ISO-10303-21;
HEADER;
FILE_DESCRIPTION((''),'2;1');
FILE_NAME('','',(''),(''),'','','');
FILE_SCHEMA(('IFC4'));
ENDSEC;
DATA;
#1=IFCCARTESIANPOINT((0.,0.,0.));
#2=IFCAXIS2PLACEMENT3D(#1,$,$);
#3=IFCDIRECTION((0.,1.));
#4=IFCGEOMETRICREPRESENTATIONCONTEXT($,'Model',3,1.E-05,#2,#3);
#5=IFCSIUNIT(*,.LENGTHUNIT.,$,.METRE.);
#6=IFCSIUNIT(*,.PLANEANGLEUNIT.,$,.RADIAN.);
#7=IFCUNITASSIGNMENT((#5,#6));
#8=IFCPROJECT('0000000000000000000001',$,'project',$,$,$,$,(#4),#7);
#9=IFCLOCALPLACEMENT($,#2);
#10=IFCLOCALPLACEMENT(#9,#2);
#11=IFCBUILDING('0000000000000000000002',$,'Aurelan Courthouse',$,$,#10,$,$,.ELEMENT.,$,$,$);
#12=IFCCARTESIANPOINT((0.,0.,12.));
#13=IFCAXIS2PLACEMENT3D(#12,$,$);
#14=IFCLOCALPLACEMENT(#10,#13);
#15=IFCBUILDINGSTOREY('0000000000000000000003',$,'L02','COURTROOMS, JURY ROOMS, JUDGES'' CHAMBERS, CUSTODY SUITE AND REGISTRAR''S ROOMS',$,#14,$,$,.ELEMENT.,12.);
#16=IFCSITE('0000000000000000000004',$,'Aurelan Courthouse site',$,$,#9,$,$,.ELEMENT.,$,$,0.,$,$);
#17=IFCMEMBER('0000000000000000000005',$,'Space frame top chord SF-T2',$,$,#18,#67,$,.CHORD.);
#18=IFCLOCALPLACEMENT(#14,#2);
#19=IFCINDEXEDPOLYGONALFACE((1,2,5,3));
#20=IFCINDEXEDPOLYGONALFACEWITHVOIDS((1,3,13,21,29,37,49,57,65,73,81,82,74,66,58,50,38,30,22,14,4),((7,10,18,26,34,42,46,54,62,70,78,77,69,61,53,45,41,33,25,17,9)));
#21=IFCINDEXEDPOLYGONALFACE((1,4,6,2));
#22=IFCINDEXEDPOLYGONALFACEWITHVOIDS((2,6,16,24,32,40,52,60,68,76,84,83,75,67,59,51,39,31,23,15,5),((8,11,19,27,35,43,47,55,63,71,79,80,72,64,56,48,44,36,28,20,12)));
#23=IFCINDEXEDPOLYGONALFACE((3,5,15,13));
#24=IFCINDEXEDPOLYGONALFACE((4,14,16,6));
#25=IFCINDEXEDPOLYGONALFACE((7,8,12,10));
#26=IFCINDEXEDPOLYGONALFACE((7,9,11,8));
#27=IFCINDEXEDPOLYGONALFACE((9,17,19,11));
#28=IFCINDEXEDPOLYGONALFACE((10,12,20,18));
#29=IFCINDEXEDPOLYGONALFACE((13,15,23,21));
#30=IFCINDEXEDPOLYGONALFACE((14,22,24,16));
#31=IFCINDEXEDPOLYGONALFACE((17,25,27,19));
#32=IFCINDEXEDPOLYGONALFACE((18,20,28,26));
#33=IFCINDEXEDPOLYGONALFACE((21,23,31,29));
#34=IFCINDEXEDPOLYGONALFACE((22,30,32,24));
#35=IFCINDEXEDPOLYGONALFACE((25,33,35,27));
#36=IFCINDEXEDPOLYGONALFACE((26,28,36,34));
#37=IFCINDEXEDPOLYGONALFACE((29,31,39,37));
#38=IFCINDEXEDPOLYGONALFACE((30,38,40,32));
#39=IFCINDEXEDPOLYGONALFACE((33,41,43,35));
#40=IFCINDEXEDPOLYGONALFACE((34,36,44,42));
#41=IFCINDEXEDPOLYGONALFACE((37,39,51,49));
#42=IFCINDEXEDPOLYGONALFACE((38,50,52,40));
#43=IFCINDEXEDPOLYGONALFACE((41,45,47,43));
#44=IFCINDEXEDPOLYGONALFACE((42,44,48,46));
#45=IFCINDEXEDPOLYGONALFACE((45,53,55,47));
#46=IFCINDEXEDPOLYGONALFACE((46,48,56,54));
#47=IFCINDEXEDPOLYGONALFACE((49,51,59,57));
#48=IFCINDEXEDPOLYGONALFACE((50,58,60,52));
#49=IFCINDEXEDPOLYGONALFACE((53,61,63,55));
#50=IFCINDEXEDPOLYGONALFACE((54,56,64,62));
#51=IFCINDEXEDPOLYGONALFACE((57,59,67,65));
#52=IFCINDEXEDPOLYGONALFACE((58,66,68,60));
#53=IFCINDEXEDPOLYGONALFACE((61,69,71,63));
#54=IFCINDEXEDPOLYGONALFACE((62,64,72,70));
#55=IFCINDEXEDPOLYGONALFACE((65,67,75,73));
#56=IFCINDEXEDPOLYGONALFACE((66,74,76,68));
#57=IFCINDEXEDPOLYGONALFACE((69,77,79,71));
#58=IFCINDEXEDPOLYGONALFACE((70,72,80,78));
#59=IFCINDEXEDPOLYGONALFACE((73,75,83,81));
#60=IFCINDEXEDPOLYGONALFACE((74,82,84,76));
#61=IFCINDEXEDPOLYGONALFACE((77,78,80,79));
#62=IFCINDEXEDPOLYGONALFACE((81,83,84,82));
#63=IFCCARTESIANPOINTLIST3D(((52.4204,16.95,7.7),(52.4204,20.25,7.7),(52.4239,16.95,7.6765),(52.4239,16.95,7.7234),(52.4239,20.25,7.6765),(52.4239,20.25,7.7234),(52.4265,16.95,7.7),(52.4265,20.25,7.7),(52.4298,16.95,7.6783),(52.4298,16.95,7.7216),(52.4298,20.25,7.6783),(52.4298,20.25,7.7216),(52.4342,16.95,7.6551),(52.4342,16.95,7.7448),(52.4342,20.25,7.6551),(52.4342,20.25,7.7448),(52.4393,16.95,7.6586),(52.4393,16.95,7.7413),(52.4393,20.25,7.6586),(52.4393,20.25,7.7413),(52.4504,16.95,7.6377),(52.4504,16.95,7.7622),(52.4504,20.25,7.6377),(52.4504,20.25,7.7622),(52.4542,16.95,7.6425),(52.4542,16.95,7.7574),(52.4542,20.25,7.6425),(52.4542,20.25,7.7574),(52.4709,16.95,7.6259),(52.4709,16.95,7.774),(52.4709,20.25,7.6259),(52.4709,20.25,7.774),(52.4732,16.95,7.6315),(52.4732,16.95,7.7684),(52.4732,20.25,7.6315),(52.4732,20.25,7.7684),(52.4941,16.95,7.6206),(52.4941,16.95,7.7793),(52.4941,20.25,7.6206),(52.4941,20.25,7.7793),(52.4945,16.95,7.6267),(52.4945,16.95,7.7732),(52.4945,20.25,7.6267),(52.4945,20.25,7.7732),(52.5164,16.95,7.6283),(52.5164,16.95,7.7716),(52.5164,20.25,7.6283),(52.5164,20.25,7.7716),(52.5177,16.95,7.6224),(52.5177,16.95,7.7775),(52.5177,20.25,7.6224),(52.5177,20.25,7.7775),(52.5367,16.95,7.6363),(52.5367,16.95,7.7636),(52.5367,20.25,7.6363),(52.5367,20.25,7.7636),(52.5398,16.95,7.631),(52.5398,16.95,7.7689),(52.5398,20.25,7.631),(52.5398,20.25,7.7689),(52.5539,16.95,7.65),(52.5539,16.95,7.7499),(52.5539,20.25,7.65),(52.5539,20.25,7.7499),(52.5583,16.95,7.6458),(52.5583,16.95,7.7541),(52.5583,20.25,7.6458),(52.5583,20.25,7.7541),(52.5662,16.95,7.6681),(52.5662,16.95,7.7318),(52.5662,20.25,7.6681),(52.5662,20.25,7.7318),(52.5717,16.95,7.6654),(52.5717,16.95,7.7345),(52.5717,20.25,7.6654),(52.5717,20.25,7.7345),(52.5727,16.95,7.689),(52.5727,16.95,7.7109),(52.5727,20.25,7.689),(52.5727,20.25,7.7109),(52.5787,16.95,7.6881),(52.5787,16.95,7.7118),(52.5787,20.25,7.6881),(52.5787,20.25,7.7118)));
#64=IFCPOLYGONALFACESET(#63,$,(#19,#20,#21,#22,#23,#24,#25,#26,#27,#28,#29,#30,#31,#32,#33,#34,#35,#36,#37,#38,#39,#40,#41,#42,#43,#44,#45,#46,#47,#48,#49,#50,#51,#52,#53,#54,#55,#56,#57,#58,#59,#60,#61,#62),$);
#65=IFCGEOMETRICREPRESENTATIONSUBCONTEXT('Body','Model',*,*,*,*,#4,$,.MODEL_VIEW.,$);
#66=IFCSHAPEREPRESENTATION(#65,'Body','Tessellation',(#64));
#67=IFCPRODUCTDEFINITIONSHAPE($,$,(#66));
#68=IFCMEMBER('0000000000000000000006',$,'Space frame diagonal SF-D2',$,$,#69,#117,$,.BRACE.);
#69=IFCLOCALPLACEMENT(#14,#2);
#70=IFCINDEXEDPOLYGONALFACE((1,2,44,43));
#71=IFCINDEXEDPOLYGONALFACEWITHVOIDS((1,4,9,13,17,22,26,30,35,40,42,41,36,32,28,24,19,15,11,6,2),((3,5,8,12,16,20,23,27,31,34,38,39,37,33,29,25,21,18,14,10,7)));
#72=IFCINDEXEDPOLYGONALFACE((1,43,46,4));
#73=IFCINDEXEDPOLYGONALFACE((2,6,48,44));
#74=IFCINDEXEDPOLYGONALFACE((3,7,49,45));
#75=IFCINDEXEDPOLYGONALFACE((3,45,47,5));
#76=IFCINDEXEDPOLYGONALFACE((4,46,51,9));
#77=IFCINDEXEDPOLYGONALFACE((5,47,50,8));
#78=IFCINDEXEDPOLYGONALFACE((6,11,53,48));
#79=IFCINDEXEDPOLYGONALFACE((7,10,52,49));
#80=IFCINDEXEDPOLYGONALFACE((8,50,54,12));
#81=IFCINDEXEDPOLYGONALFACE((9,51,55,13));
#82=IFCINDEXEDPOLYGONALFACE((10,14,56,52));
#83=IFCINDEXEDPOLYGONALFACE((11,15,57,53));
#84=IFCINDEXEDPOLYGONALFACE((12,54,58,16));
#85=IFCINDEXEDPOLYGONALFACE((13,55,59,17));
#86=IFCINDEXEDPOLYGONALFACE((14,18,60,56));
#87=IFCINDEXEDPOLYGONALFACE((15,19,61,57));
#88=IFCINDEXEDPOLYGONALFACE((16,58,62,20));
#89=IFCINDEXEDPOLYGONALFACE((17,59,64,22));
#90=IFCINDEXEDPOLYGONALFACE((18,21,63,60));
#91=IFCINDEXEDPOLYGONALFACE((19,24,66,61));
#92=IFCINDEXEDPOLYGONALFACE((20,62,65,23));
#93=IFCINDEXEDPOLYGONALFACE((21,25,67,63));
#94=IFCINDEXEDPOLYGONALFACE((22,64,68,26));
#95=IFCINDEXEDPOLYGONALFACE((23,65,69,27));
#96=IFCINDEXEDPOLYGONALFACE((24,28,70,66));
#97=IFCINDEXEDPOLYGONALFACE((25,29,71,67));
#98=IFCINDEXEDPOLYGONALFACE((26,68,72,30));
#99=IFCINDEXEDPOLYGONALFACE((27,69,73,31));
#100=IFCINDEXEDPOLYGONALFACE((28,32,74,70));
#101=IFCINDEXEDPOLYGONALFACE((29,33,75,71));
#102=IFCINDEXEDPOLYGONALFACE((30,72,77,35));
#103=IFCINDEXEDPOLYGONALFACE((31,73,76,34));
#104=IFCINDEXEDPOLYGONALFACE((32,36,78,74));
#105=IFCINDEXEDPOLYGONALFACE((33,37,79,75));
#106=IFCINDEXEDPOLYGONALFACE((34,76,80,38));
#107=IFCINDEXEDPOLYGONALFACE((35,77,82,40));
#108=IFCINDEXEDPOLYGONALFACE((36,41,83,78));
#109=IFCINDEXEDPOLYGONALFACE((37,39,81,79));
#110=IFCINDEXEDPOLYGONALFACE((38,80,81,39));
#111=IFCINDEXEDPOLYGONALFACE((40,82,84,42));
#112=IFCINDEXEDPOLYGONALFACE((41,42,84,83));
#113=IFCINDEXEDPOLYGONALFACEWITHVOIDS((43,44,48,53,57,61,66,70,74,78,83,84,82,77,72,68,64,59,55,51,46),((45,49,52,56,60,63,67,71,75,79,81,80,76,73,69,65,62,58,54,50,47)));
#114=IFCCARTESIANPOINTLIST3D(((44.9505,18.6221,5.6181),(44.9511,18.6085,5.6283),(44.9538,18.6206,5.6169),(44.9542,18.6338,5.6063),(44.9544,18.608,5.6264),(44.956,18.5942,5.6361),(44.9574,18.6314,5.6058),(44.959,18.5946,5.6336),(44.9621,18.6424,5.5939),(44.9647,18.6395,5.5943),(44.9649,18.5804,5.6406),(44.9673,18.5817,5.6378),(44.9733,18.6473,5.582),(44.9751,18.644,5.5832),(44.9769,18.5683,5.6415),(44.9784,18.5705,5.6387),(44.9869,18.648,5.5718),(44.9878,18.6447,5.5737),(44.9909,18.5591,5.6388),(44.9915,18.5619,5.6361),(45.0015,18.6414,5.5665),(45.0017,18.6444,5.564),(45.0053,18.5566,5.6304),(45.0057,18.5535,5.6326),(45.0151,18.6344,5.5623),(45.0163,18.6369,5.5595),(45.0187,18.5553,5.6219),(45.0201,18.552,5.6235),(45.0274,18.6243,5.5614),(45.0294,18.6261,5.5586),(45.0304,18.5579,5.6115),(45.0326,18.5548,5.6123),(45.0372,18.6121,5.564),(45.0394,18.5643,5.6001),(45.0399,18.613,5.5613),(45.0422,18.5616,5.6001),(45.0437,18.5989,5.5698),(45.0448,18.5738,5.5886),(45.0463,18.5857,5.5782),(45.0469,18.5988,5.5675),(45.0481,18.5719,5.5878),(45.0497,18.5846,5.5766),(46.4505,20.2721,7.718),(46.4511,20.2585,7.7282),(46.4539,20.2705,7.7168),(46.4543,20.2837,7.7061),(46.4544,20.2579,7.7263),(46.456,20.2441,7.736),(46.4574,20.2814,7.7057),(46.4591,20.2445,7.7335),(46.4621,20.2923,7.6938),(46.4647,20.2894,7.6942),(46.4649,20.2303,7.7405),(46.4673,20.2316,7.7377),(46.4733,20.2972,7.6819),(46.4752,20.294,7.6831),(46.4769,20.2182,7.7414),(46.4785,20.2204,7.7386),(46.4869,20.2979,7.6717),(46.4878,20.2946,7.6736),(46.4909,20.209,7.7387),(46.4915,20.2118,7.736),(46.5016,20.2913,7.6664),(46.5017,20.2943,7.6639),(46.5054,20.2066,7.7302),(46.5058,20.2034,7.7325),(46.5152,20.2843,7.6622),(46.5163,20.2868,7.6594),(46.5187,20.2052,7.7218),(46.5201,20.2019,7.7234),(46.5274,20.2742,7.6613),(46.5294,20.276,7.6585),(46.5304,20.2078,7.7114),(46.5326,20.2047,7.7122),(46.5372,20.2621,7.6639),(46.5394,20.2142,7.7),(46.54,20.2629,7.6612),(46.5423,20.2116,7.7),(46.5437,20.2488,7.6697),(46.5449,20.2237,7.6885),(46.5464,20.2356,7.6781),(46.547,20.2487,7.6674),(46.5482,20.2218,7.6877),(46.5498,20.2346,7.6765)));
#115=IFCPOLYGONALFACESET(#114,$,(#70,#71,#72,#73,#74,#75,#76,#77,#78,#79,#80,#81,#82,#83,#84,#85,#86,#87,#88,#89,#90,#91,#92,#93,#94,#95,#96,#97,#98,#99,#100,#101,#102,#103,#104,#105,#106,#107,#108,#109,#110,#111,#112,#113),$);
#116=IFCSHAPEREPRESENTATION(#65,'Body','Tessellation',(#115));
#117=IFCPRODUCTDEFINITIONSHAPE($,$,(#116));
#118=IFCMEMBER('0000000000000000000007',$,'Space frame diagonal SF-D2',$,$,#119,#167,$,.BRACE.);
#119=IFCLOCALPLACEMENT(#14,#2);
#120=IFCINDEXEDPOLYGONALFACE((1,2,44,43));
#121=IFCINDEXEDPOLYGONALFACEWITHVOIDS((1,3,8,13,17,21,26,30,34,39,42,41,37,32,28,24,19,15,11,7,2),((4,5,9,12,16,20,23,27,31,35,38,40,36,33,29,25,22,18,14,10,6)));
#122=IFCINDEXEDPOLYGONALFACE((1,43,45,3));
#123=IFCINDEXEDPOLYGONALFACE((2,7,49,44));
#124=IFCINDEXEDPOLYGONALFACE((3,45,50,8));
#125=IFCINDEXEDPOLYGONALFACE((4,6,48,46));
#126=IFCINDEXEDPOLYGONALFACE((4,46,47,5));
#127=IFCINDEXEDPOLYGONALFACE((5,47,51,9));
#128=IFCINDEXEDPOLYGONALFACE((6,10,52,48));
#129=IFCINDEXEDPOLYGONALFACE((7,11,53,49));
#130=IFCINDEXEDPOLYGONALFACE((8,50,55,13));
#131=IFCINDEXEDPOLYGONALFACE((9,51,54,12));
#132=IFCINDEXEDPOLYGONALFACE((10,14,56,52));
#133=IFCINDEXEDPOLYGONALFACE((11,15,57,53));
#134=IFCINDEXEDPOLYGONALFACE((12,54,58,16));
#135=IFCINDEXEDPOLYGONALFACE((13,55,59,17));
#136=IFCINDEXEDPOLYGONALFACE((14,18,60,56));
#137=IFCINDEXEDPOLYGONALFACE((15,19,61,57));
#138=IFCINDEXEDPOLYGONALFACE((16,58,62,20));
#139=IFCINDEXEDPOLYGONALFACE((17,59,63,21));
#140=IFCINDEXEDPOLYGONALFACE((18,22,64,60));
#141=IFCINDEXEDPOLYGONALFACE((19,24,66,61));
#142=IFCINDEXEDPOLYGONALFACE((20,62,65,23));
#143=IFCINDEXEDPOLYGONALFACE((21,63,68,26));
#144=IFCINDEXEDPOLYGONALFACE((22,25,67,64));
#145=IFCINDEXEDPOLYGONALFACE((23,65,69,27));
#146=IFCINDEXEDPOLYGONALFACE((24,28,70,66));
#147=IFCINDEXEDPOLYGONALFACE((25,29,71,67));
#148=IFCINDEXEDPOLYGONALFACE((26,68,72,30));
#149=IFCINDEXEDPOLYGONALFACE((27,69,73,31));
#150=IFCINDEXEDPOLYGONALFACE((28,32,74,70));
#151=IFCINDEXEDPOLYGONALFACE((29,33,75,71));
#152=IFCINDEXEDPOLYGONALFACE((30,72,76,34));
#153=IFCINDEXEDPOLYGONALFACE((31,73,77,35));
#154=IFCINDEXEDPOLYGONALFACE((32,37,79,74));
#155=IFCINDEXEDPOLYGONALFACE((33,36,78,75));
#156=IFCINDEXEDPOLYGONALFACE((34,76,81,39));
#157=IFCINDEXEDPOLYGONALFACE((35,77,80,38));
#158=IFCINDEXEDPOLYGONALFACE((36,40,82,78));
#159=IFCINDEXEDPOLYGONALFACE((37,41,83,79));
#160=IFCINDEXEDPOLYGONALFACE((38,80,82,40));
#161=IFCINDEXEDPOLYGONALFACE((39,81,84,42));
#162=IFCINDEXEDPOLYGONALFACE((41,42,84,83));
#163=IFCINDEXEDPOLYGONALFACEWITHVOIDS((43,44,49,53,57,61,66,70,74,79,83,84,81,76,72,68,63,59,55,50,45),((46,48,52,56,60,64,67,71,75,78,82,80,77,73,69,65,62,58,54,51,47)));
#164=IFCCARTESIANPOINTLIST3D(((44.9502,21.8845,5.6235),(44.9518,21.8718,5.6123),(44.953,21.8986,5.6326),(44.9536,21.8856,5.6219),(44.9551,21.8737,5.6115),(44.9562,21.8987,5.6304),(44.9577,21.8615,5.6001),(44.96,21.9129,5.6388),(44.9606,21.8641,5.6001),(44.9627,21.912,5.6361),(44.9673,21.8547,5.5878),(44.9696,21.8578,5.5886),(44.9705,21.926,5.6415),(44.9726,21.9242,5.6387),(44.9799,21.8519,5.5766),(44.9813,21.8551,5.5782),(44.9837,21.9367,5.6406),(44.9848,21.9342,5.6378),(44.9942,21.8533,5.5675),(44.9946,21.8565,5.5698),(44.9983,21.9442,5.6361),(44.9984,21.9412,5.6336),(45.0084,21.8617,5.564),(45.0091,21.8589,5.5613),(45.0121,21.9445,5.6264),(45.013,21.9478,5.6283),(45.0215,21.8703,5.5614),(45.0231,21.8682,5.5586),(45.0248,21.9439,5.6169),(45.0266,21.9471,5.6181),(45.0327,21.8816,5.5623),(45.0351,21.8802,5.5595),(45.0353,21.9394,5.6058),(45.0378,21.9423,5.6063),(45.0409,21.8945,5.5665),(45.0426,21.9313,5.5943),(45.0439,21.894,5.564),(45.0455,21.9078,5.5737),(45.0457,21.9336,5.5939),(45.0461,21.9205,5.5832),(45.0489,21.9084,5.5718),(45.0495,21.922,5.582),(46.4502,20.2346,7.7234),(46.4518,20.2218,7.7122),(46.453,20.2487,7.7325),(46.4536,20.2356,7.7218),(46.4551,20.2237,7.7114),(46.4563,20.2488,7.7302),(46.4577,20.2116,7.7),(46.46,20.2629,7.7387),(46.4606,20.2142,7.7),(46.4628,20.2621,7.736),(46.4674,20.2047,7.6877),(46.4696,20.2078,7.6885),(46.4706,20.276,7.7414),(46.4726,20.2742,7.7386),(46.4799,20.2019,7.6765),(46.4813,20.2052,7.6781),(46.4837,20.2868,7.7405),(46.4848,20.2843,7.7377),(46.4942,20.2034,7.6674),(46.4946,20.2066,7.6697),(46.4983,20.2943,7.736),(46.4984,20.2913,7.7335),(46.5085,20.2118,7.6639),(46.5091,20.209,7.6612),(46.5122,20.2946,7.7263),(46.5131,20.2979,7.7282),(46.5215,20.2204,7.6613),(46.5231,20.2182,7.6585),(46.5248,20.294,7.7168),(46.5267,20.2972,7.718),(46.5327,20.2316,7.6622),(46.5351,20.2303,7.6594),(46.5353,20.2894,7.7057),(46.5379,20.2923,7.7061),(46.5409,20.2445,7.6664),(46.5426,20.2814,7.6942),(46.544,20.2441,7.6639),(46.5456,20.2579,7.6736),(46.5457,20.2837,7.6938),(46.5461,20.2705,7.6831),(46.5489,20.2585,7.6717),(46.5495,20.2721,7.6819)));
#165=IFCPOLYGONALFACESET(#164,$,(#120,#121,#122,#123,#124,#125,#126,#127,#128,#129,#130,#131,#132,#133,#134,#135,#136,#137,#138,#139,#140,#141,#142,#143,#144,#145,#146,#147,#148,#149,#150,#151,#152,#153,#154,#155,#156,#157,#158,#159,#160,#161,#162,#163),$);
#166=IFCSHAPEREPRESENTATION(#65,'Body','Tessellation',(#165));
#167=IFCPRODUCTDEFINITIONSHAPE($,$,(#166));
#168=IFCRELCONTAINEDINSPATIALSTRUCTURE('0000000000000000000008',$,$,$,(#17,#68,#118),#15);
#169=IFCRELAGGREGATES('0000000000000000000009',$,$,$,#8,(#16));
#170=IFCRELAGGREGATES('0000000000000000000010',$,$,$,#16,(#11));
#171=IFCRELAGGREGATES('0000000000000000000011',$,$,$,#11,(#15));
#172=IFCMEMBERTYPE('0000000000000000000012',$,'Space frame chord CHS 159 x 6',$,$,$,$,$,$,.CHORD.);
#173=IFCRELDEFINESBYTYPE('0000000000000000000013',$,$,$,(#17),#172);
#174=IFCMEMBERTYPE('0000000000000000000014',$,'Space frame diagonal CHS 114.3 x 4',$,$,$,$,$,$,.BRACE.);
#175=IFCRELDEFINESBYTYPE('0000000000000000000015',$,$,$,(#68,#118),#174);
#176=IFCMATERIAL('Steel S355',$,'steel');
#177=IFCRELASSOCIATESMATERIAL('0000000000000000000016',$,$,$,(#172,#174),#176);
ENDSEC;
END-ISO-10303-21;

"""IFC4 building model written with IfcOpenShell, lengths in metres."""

from ifc_helpers import new_model, si_unit, direction, frame, origin, origin_2d, place, context, subcontext, project, spatial, hollow_circle, extrude, material, material_profile, profile_set, type_object, element, save


model = new_model("IFC4")

# Units and contexts
model_context = context("Model", 3, precision=1e-05, world=origin(), true_north=direction((0.0, 1.0)))
body_context = subcontext(model_context, "Body", "Model", "MODEL_VIEW")
ifc_project = project(units=[si_unit("LENGTHUNIT", "METRE"), si_unit("PLANEANGLEUNIT", "RADIAN")], contexts=[model_context])

# Site, building, storey
site_placement = place(None, origin())
site = spatial("IfcSite", under=ifc_project, at=site_placement, Name="Aurelan Courthouse site", CompositionType="ELEMENT", RefElevation=0.0)
building_placement = place(site_placement, origin())
building = spatial("IfcBuilding", under=site, at=building_placement, Name="Aurelan Courthouse", CompositionType="ELEMENT")
storey_placement = place(building_placement, frame((0.0, 0.0, 12.0)))
storey = spatial("IfcBuildingStorey", under=building, at=storey_placement, Name="L02", Description="COURTROOMS, JURY ROOMS, JUDGES' CHAMBERS, CUSTODY SUITE AND REGISTRAR'S ROOMS", CompositionType="ELEMENT", Elevation=12.0)

# Members
ifc_material_1 = material(Name="Steel S355", Category="steel")
ifc_material_profile_1 = material_profile(ifc_material_1, hollow_circle(Radius=0.0796, WallThickness=0.0061, at=origin_2d()), Name="CHS 159 x 6")
ifc_profile_set_1 = profile_set([ifc_material_profile_1], Name="Steel S355")
member_type_1 = type_object("IfcMemberType", Name="Space frame chord CHS 159 x 6", PredefinedType="CHORD", material=ifc_profile_set_1)
for number, where, z_axis, x_axis, name in (
    (1, (52.5, 16.95, 7.7), (0.0, 1.0, 0.0), (-1.0, 0.0, 0.0), "Space frame top chord SF-T2"),
):
    element("IfcMember", number, at=place(storey_placement, frame(where, z_axis=z_axis, x_axis=x_axis)), inside=storey, type_object=member_type_1, Name=name, PredefinedType="CHORD", context=body_context, shape_type="SweptSolid", body=[
        extrude(hollow_circle(Radius=0.0796, WallThickness=0.0061, at=origin_2d()), origin(), (0.0, 0.0, 1.0), 3.3),
    ])
ifc_material_profile_2 = material_profile(ifc_material_1, hollow_circle(Radius=0.0571, WallThickness=0.0039, at=origin_2d()), Name="CHS 114.3 x 4")
ifc_profile_set_2 = profile_set([ifc_material_profile_2], Name="Steel S355")
member_type_2 = type_object("IfcMemberType", Name="Space frame diagonal CHS 114.3 x 4", PredefinedType="BRACE", material=ifc_profile_set_2)
for number, where, z_axis, x_axis, name in (
    (2, (46.5, 20.25, 7.7), (-0.489727, -0.538667, -0.685569), (0.73992, -0.672695, 0.0), "Space frame diagonal SF-D2"),
    (3, (46.5, 20.25, 7.7), (-0.489727, 0.538667, -0.685569), (-0.73992, -0.672695, 0.0), "Space frame diagonal SF-D2"),
):
    element("IfcMember", number, at=place(storey_placement, frame(where, z_axis=z_axis, x_axis=x_axis)), inside=storey, type_object=member_type_2, Name=name, PredefinedType="BRACE", context=body_context, shape_type="SweptSolid", body=[
        extrude(hollow_circle(Radius=0.0571, WallThickness=0.0039, at=origin_2d()), origin(), (0.0, 0.0, 1.0), 3.063),
    ])

save(model, "model.ifc")
